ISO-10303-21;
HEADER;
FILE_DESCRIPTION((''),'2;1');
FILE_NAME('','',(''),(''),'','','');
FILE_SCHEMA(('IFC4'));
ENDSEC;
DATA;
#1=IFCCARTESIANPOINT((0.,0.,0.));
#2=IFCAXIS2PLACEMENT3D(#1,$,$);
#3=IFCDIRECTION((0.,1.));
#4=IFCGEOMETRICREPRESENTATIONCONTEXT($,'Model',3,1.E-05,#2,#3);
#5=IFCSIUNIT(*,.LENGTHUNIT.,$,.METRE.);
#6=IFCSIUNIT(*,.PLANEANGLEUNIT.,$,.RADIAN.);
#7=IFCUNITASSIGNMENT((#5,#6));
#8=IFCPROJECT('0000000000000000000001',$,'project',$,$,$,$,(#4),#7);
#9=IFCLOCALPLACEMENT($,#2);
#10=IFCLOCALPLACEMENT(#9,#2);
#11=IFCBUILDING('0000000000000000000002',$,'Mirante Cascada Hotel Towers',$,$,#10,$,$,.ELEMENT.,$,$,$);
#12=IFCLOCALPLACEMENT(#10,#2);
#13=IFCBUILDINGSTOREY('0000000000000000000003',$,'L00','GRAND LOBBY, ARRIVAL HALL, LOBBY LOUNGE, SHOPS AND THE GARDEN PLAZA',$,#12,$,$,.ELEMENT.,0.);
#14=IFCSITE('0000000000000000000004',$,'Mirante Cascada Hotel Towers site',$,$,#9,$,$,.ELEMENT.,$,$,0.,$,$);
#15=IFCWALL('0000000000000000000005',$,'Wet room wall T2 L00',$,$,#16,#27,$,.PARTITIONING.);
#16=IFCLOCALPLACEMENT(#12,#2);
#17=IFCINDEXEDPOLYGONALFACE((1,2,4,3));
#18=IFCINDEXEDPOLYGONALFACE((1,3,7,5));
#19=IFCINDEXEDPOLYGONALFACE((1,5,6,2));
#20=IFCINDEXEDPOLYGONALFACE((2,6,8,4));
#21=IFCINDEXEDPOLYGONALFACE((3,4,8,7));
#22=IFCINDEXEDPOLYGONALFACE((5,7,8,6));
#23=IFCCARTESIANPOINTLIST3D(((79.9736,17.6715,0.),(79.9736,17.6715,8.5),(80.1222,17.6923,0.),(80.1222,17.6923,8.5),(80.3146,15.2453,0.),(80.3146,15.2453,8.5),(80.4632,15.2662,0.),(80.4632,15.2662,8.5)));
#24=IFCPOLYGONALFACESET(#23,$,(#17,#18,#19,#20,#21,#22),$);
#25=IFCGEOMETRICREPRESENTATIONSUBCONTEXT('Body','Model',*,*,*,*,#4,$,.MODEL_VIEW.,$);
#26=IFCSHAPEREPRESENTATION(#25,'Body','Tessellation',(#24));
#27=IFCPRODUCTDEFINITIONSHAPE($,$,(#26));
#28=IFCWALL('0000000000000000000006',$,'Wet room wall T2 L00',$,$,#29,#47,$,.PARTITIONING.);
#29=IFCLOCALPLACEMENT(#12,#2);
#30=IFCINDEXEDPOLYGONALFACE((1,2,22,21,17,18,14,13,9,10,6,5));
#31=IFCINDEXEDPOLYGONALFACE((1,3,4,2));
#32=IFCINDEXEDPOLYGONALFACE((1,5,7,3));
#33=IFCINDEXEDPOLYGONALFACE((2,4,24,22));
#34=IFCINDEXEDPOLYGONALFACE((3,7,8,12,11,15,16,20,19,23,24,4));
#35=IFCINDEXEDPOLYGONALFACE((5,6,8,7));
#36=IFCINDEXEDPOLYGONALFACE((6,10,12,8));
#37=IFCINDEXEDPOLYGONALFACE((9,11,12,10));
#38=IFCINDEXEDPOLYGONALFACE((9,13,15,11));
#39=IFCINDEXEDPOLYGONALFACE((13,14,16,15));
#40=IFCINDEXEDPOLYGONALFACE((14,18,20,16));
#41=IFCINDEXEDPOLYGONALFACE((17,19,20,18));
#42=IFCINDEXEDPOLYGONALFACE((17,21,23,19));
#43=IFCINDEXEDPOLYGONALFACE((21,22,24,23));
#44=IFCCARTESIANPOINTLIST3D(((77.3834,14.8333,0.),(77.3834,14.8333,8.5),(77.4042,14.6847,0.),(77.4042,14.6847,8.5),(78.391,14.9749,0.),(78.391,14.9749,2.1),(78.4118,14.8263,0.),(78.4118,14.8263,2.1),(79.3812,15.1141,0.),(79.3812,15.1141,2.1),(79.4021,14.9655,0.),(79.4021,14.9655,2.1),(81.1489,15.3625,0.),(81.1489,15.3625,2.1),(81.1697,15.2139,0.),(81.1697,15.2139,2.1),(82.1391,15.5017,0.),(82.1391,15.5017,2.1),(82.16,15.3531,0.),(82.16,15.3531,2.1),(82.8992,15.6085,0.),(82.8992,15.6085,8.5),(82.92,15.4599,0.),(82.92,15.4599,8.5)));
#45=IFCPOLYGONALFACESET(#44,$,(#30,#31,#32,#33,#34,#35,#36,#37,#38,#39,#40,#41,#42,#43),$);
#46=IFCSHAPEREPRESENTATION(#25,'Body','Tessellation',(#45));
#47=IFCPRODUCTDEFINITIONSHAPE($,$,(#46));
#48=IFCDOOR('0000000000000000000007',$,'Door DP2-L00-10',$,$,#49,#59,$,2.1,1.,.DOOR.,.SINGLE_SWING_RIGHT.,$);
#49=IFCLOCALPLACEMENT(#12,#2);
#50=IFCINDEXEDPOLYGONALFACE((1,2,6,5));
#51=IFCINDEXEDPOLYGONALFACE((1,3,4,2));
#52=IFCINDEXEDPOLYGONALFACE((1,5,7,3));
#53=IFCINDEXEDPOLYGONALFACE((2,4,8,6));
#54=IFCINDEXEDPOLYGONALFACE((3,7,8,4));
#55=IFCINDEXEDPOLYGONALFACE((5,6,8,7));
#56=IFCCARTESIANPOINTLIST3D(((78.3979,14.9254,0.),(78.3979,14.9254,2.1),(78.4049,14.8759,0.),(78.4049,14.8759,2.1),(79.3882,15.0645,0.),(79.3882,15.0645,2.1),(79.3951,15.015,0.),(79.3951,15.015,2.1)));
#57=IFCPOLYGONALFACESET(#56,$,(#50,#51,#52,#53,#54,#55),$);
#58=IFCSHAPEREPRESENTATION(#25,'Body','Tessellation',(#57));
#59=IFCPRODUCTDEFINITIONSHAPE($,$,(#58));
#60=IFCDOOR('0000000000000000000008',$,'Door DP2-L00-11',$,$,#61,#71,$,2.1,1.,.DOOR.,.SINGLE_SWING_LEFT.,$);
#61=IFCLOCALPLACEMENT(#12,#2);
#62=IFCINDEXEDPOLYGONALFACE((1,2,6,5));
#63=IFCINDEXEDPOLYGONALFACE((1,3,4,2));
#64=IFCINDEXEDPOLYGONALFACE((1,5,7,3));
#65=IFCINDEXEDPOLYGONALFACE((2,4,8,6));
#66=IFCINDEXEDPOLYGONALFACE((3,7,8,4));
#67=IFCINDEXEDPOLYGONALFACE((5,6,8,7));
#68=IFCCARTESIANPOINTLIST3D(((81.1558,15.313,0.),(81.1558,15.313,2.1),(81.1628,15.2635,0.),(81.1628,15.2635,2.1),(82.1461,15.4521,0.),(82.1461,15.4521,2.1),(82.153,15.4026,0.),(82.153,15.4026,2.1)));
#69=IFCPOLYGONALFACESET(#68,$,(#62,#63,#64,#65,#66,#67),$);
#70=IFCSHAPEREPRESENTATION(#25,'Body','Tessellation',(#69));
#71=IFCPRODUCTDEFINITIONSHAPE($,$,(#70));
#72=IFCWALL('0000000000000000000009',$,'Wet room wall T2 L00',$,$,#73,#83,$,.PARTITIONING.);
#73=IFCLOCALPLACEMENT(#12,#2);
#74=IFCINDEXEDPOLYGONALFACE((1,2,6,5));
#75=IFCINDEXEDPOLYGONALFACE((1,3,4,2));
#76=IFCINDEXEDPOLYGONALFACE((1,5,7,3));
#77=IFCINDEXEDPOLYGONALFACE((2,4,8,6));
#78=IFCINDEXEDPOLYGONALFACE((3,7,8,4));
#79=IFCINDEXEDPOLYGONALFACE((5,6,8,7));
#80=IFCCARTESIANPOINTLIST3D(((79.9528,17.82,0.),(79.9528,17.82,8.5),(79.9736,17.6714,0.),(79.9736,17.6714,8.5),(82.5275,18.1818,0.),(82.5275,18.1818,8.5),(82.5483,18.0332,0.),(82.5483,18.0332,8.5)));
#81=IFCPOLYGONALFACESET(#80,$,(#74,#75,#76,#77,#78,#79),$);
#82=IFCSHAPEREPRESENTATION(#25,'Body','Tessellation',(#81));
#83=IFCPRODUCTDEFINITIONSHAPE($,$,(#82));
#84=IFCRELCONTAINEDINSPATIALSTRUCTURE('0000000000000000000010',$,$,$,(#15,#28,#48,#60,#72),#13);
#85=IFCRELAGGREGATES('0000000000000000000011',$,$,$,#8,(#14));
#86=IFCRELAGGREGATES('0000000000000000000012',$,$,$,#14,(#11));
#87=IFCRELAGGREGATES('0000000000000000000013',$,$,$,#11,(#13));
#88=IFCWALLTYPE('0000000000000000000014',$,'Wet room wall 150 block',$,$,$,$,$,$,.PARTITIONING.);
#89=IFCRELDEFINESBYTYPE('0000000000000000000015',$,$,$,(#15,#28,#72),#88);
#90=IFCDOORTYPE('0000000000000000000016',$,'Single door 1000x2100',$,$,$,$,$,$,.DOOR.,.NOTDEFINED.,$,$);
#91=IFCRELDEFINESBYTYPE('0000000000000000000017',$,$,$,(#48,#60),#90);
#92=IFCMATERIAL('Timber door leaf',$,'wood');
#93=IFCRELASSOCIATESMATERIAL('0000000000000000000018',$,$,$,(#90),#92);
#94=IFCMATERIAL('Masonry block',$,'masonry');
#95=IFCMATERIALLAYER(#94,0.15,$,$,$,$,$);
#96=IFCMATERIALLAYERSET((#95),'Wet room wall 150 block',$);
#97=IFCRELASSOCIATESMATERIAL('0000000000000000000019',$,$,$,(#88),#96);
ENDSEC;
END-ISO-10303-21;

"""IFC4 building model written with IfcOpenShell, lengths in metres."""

from ifc_helpers import new_model, si_unit, direction, frame, frame_2d, origin, place, context, subcontext, project, spatial, rectangle, extrude, material, layer, layer_set, type_object, element, fill, save


model = new_model("IFC4")

# Units and contexts
model_context = context("Model", 3, precision=1e-05, world=origin(), true_north=direction((0.0, 1.0)))
body_context = subcontext(model_context, "Body", "Model", "MODEL_VIEW")
ifc_project = project(units=[si_unit("LENGTHUNIT", "METRE"), si_unit("PLANEANGLEUNIT", "RADIAN")], contexts=[model_context])

# Site, building, storey
site_placement = place(None, origin())
site = spatial("IfcSite", under=ifc_project, at=site_placement, Name="Mirante Cascada Hotel Towers site", CompositionType="ELEMENT", RefElevation=0.0)
building_placement = place(site_placement, origin())
building = spatial("IfcBuilding", under=site, at=building_placement, Name="Mirante Cascada Hotel Towers", CompositionType="ELEMENT")
storey_placement = place(building_placement, origin())
storey = spatial("IfcBuildingStorey", under=building, at=storey_placement, Name="L00", Description="GRAND LOBBY, ARRIVAL HALL, LOBBY LOUNGE, SHOPS AND THE GARDEN PLAZA", CompositionType="ELEMENT", Elevation=0.0)

# Shared definitions
ifc_material_1 = material(Name="Timber door leaf", Category="wood")
door_type_1 = type_object("IfcDoorType", Name="Single door 1000x2100", OperationType="NOTDEFINED", PredefinedType="DOOR", material=ifc_material_1)

# Wall
ifc_material_2 = material(Name="Masonry block", Category="masonry")
ifc_layer_1 = layer(ifc_material_2, 0.15)
ifc_layer_set_1 = layer_set([ifc_layer_1], Name="Wet room wall 150 block")
wall_type_1 = type_object("IfcWallType", Name="Wet room wall 150 block", PredefinedType="PARTITIONING", material=ifc_layer_set_1)
wall_1_placement = place(storey_placement, frame((80.0479, 17.6819, 0.0), z_axis=(0.0, 0.0, 1.0), x_axis=(0.139181, -0.990267, 0.0)))
element("IfcWall", 1, at=wall_1_placement, inside=storey, type_object=wall_type_1, Name="Wet room wall T2 L00", PredefinedType="PARTITIONING", context=body_context, shape_type="SweptSolid", body=[
    extrude(rectangle(XDim=2.45, YDim=0.15, at=frame_2d((1.225, 0.0))), origin(), (0.0, 0.0, 1.0), 8.5),
])

# Wall, openings, doors
wall_2_placement = place(storey_placement, frame((77.3938, 14.759, 0.0), z_axis=(0.0, 0.0, 1.0), x_axis=(0.990268, 0.139174, 0.0)))
wall_2 = element("IfcWall", 2, at=wall_2_placement, inside=storey, type_object=wall_type_1, Name="Wet room wall T2 L00", PredefinedType="PARTITIONING", context=body_context, shape_type="SweptSolid", body=[
    extrude(rectangle(XDim=5.57, YDim=0.15, at=frame_2d((2.785, 0.0))), origin(), (0.0, 0.0, 1.0), 8.5),
])
opening_1_placement = place(wall_2_placement, frame((1.0175, 0.0, 0.0)))
opening_1 = element("IfcOpeningElement", 3, at=opening_1_placement, cuts=wall_2, PredefinedType="OPENING", context=body_context, shape_type="SweptSolid", body=[
    extrude(rectangle(XDim=1.0, YDim=2.1, at=frame_2d((0.5, 1.05))), frame((0.0, 0.075, 0.0), z_axis=(0.0, -1.0, 0.0), x_axis=(1.0, 0.0, 0.0)), (0.0, 0.0, 1.0), 0.15),
])
opening_2_placement = place(wall_2_placement, frame((3.8025, 0.0, 0.0)))
opening_2 = element("IfcOpeningElement", 4, at=opening_2_placement, cuts=wall_2, PredefinedType="OPENING", context=body_context, shape_type="SweptSolid", body=[
    extrude(rectangle(XDim=1.0, YDim=2.1, at=frame_2d((0.5, 1.05))), frame((0.0, 0.075, 0.0), z_axis=(0.0, -1.0, 0.0), x_axis=(1.0, 0.0, 0.0)), (0.0, 0.0, 1.0), 0.15),
])
door_1_placement = place(opening_1_placement, origin())
door_1 = element("IfcDoor", 5, at=door_1_placement, inside=storey, type_object=door_type_1, Name="Door DP2-L00-10", OperationType="SINGLE_SWING_RIGHT", OverallHeight=2.1, OverallWidth=1.0, PredefinedType="DOOR", context=body_context, shape_type="SweptSolid", body=[
    extrude(rectangle(XDim=1.0, YDim=2.1, at=frame_2d((0.5, 1.05))), frame((0.0, 0.025, 0.0), z_axis=(0.0, -1.0, 0.0), x_axis=(1.0, 0.0, 0.0)), (0.0, 0.0, 1.0), 0.05),
])
fill(opening_1, door_1)
door_2_placement = place(opening_2_placement, origin())
door_2 = element("IfcDoor", 6, at=door_2_placement, inside=storey, type_object=door_type_1, Name="Door DP2-L00-11", OperationType="SINGLE_SWING_LEFT", OverallHeight=2.1, OverallWidth=1.0, PredefinedType="DOOR", context=body_context, shape_type="SweptSolid", body=[
    extrude(rectangle(XDim=1.0, YDim=2.1, at=frame_2d((0.5, 1.05))), frame((0.0, 0.025, 0.0), z_axis=(0.0, -1.0, 0.0), x_axis=(1.0, 0.0, 0.0)), (0.0, 0.0, 1.0), 0.05),
])
fill(opening_2, door_2)

# Wall
wall_3_placement = place(storey_placement, frame((79.9632, 17.7457, 0.0), z_axis=(0.0, 0.0, 1.0), x_axis=(0.990271, 0.139154, 0.0)))
element("IfcWall", 7, at=wall_3_placement, inside=storey, type_object=wall_type_1, Name="Wet room wall T2 L00", PredefinedType="PARTITIONING", context=body_context, shape_type="SweptSolid", body=[
    extrude(rectangle(XDim=2.6, YDim=0.15, at=frame_2d((1.3, 0.0))), origin(), (0.0, 0.0, 1.0), 8.5),
])

save(model, "model.ifc")
